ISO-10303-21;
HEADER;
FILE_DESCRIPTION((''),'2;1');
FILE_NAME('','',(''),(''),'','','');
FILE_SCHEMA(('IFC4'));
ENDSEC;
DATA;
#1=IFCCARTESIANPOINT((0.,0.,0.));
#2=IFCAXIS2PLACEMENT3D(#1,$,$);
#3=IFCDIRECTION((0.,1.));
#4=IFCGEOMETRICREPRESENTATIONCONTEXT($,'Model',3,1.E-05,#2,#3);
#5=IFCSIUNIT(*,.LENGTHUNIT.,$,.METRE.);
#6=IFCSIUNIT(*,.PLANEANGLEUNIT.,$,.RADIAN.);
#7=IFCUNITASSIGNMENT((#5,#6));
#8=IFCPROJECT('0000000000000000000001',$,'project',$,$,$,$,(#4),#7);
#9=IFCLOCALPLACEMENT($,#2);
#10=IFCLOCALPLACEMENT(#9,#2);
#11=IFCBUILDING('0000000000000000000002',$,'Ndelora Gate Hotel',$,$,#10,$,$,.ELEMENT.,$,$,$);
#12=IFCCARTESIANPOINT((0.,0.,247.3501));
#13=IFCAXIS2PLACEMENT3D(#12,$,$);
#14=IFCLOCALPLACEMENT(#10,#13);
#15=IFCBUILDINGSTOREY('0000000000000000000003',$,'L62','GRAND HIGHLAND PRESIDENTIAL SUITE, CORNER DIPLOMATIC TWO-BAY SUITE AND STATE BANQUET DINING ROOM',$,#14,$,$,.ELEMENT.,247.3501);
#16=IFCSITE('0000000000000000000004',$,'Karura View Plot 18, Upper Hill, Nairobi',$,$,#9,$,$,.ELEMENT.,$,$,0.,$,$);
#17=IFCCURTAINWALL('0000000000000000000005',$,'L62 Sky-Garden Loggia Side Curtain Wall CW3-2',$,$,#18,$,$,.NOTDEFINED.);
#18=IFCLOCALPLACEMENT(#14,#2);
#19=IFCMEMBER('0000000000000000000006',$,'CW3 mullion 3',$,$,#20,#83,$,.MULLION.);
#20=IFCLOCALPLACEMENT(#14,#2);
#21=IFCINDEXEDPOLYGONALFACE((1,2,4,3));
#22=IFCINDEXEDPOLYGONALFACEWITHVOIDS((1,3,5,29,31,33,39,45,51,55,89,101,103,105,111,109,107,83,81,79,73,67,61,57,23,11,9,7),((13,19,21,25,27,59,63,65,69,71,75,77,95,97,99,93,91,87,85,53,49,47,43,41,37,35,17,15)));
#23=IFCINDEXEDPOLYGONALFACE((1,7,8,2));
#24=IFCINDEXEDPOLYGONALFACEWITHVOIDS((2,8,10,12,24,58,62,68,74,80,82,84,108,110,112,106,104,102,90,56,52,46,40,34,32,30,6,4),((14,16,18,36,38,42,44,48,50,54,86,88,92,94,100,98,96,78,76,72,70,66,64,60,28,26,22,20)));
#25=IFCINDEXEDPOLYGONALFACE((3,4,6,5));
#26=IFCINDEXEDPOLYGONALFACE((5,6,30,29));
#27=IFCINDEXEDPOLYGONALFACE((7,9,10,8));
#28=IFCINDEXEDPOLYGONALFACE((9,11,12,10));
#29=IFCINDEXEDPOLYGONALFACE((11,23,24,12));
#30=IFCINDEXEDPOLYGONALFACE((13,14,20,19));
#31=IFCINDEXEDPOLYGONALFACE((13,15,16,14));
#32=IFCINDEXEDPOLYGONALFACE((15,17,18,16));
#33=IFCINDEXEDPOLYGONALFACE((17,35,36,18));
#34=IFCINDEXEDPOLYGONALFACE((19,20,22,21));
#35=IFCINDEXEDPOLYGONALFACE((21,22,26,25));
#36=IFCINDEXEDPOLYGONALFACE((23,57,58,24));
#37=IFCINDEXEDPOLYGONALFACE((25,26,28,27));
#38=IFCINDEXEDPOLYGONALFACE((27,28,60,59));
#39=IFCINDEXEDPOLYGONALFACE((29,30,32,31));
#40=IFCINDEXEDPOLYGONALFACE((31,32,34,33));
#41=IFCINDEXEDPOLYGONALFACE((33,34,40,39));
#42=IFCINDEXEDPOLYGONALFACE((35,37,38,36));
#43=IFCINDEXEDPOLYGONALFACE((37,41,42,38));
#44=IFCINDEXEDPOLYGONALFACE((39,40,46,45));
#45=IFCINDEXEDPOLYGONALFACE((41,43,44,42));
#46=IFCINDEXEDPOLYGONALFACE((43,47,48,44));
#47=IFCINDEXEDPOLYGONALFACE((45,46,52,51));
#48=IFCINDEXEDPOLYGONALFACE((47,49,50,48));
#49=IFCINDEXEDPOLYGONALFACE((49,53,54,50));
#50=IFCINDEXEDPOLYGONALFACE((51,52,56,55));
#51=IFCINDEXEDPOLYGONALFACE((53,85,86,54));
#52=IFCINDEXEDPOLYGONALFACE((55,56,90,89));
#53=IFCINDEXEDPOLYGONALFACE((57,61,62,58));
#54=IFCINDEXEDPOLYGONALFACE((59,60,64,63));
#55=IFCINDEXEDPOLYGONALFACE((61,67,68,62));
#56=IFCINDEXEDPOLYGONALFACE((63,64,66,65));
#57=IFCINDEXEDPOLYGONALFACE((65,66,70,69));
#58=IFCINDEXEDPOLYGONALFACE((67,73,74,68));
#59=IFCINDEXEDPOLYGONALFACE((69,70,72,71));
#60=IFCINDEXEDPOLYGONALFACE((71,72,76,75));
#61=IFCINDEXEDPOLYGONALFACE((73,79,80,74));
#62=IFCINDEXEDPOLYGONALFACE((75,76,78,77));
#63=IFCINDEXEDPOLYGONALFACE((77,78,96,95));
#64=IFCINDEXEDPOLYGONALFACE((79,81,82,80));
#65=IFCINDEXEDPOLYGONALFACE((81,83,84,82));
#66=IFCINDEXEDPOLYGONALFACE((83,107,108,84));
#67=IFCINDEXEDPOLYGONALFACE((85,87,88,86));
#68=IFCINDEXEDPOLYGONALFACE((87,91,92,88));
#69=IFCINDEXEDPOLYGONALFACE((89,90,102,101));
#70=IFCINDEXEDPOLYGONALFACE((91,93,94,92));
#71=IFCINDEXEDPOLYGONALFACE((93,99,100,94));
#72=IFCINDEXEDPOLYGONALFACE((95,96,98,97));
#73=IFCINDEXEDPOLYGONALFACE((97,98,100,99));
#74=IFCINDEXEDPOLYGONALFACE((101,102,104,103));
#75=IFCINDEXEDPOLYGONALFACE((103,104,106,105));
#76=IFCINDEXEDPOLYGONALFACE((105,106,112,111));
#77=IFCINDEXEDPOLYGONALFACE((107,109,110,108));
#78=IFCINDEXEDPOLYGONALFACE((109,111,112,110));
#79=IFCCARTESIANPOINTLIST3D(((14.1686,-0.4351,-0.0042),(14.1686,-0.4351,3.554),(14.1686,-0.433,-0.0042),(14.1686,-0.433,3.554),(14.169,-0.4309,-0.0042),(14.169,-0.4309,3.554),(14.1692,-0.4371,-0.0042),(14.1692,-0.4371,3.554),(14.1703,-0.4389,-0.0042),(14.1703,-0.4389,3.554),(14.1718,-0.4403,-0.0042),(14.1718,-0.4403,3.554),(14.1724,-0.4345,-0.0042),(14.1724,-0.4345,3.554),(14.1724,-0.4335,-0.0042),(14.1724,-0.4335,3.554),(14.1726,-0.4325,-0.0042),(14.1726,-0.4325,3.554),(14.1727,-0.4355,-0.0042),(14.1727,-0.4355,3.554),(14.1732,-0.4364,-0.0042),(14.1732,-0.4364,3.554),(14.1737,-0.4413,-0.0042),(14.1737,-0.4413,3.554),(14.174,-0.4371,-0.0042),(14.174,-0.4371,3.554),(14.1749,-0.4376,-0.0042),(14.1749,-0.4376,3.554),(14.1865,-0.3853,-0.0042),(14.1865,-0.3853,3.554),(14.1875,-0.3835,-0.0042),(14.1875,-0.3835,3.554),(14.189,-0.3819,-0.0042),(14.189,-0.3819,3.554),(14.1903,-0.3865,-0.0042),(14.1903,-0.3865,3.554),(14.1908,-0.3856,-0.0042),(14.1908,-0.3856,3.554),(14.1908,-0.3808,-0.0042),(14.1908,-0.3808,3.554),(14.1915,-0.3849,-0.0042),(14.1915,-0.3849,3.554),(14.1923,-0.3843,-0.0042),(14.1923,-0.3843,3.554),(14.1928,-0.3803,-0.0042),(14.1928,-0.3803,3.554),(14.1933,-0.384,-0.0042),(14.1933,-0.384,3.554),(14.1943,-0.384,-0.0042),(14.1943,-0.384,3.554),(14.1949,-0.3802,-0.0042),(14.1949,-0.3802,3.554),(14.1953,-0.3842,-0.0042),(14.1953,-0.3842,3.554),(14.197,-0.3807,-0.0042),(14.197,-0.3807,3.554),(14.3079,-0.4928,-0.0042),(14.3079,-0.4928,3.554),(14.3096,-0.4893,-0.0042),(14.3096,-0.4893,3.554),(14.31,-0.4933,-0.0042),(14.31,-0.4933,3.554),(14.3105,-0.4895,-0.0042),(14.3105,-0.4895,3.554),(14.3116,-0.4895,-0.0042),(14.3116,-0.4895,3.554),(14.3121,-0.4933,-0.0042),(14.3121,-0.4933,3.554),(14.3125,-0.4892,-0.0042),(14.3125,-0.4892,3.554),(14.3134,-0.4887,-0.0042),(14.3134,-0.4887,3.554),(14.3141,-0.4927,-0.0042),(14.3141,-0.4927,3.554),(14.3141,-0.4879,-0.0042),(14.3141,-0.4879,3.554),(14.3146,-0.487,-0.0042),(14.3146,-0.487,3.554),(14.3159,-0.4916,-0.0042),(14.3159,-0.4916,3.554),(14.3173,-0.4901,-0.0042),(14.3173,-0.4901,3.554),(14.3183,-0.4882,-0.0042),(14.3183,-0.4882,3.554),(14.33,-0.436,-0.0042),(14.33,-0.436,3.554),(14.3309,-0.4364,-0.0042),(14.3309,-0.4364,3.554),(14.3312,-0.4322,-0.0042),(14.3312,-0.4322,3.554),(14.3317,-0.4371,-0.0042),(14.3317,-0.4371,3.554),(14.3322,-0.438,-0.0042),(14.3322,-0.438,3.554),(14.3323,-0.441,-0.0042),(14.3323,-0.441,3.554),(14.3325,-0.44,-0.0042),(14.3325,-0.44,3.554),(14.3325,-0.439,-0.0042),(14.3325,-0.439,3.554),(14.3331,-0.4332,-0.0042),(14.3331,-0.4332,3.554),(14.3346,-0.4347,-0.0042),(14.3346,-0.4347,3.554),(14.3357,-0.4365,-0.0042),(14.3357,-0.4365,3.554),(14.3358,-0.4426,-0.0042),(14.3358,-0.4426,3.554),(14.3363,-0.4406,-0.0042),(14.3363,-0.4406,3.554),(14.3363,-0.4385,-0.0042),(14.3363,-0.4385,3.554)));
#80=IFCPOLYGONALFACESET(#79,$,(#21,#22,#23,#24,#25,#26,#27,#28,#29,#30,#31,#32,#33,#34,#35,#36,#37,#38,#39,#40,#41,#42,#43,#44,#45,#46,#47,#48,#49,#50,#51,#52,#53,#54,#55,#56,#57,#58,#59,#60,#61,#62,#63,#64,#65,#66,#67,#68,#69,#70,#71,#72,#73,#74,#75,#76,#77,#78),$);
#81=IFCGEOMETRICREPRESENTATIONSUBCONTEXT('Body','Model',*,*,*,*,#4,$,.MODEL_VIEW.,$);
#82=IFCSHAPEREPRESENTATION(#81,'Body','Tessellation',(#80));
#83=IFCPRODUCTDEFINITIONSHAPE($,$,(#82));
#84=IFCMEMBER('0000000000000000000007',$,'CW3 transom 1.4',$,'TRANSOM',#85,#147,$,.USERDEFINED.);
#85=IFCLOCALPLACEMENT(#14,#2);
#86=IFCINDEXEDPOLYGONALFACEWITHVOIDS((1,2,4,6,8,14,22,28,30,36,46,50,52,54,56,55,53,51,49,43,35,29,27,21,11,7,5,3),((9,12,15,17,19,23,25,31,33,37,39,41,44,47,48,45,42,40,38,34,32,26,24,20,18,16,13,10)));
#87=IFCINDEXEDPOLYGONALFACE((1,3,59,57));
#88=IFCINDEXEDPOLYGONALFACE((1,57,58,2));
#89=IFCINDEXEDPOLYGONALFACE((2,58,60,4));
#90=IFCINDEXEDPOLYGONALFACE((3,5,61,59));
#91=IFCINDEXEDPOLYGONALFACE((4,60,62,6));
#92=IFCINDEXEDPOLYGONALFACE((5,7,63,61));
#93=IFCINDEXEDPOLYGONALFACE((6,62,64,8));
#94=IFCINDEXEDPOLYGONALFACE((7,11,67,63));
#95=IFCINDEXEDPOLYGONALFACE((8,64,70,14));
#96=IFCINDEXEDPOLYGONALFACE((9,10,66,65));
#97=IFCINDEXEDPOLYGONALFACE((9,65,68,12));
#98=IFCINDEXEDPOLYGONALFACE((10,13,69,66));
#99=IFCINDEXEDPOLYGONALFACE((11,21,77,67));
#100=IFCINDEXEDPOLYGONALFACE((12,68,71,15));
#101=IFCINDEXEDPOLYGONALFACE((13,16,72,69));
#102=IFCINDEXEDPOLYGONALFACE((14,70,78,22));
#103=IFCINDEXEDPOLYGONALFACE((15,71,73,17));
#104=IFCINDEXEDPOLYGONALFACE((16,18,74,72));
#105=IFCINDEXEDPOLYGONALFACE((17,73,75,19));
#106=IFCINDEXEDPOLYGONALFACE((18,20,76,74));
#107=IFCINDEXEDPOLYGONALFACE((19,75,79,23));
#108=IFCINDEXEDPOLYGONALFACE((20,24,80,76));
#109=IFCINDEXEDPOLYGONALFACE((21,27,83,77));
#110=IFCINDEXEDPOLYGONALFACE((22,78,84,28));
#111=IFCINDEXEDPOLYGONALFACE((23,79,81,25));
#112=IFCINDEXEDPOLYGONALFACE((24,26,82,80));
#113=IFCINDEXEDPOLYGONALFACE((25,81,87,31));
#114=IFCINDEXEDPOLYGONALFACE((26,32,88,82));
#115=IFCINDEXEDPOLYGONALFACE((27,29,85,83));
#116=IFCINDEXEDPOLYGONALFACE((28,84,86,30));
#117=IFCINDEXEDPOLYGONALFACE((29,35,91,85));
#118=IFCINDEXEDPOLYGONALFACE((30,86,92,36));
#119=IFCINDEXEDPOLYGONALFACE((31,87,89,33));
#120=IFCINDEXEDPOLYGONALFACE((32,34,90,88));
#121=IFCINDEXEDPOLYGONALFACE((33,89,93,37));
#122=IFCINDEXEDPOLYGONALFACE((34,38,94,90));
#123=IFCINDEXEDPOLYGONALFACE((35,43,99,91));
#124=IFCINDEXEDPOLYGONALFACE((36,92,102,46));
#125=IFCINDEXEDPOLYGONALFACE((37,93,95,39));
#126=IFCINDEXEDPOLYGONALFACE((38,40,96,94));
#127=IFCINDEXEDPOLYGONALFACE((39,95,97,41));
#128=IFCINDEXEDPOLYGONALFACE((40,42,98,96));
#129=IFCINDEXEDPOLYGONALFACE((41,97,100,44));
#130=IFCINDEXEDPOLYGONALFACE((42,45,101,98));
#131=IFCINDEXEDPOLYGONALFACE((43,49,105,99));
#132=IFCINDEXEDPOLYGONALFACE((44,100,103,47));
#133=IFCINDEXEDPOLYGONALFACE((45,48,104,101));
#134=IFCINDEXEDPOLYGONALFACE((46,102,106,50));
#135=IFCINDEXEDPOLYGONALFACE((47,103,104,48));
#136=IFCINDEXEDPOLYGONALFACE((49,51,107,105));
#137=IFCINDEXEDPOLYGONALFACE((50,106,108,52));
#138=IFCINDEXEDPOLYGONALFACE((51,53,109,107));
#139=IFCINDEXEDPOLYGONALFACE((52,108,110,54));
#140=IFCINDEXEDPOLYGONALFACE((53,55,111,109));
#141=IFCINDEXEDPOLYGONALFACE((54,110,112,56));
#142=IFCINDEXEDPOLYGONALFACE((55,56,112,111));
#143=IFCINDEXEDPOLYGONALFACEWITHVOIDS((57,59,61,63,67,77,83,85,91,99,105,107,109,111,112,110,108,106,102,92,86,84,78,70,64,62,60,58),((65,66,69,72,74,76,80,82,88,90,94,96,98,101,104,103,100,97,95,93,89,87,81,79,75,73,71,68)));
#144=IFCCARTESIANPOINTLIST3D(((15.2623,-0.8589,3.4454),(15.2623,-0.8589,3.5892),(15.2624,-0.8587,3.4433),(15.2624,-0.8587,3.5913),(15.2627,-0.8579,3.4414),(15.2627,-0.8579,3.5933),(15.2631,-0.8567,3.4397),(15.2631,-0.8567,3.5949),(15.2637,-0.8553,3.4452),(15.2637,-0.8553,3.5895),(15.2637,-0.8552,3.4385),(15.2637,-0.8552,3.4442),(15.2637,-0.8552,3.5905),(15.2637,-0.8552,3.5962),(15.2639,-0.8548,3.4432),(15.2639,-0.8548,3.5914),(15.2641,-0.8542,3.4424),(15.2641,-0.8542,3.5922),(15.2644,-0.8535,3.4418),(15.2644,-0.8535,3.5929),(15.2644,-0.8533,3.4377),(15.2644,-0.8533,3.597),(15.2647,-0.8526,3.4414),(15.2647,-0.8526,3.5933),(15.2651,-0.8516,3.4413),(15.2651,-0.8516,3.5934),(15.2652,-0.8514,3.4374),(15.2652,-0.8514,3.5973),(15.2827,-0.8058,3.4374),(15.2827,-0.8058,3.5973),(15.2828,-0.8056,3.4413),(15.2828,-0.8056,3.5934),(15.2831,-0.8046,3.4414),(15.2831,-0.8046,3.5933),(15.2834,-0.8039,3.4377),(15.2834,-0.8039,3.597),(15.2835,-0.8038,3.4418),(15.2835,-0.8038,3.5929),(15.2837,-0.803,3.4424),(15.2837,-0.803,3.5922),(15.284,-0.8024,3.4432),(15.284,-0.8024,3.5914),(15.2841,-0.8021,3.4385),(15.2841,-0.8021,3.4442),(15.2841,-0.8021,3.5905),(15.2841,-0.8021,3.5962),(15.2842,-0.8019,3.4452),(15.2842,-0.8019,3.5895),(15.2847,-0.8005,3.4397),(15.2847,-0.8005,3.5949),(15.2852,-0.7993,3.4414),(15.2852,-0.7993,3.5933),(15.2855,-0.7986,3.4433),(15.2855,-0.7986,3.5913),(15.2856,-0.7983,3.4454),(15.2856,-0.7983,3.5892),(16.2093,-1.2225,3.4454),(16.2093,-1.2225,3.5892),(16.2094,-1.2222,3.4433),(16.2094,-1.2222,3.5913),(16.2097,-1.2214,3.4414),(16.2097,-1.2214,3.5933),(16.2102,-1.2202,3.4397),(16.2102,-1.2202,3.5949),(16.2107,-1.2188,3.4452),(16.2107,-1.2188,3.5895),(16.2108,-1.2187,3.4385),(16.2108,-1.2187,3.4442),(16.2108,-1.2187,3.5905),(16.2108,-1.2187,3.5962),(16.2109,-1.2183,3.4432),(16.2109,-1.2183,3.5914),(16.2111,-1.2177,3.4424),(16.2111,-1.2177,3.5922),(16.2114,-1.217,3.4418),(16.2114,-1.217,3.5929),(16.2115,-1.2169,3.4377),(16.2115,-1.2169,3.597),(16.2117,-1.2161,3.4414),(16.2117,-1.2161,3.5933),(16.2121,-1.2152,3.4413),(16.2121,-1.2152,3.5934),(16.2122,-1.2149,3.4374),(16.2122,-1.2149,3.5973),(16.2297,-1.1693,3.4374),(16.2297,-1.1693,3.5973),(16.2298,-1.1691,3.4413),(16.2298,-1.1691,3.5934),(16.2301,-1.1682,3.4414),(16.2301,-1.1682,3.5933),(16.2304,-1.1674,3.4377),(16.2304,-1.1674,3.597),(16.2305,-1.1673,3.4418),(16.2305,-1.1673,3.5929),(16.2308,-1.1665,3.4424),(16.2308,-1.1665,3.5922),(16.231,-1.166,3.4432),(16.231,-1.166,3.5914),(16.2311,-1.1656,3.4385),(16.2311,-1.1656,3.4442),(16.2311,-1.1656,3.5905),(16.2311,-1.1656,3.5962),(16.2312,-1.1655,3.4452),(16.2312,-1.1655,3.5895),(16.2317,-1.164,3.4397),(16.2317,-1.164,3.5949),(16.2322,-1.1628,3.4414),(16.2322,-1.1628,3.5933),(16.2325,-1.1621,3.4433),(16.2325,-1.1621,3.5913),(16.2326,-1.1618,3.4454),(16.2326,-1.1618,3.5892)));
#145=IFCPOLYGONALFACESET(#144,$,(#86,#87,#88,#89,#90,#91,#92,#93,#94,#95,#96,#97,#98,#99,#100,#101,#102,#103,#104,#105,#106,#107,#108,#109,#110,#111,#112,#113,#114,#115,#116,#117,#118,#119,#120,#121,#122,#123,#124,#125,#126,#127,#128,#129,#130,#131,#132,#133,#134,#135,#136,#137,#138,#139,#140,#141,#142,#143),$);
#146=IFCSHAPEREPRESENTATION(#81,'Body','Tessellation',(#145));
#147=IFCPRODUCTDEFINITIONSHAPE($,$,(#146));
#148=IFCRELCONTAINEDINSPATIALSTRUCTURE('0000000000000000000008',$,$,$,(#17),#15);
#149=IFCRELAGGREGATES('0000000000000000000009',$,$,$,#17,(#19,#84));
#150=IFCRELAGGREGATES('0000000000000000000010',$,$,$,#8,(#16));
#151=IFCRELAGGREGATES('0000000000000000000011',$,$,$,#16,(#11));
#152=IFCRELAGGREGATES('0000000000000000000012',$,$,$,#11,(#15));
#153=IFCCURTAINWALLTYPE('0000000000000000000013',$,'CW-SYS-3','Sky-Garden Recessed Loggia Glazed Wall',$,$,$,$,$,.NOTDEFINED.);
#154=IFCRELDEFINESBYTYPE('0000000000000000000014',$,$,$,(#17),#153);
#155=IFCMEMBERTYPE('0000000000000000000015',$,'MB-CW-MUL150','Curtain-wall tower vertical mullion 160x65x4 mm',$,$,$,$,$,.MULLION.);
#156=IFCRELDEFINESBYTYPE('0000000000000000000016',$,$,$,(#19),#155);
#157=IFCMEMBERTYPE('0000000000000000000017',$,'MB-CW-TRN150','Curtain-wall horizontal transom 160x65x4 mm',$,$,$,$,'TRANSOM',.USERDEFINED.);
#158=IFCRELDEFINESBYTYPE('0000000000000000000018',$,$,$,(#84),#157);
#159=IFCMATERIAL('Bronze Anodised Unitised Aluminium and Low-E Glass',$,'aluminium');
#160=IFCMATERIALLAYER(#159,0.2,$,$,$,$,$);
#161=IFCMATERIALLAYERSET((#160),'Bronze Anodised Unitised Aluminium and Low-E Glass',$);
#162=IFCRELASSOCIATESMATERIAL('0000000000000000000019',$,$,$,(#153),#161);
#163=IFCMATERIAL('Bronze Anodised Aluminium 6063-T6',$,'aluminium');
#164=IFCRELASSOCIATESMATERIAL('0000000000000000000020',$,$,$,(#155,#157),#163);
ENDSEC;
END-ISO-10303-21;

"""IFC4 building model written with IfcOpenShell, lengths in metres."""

from ifc_helpers import new_model, si_unit, direction, frame, origin, origin_2d, place, context, subcontext, project, spatial, hollow_rectangle, extrude, material, layer, layer_set, material_profile, profile_set, type_object, element, aggregate, save


model = new_model("IFC4")

# Units and contexts
model_context = context("Model", 3, precision=1e-05, world=origin(), true_north=direction((0.0, 1.0)))
body_context = subcontext(model_context, "Body", "Model", "MODEL_VIEW")
ifc_project = project(units=[si_unit("LENGTHUNIT", "METRE"), si_unit("PLANEANGLEUNIT", "RADIAN")], contexts=[model_context])

# Site, building, storey
site_placement = place(None, origin())
site = spatial("IfcSite", under=ifc_project, at=site_placement, Name="Karura View Plot 18, Upper Hill, Nairobi", CompositionType="ELEMENT", RefElevation=0.0)
building_placement = place(site_placement, origin())
building = spatial("IfcBuilding", under=site, at=building_placement, Name="Ndelora Gate Hotel", CompositionType="ELEMENT")
storey_placement = place(building_placement, frame((0.0, 0.0, 247.3501)))
storey = spatial("IfcBuildingStorey", under=building, at=storey_placement, Name="L62", Description="GRAND HIGHLAND PRESIDENTIAL SUITE, CORNER DIPLOMATIC TWO-BAY SUITE AND STATE BANQUET DINING ROOM", CompositionType="ELEMENT", Elevation=247.3501)

# Curtain wall, members
ifc_material_1 = material(Name="Bronze Anodised Unitised Aluminium and Low-E Glass", Category="aluminium")
ifc_layer_1 = layer(ifc_material_1, 0.2)
ifc_layer_set_1 = layer_set([ifc_layer_1], Name="Bronze Anodised Unitised Aluminium and Low-E Glass")
curtain_wall_type = type_object("IfcCurtainWallType", Name="CW-SYS-3", Description="Sky-Garden Recessed Loggia Glazed Wall", PredefinedType="NOTDEFINED", material=ifc_layer_set_1)
curtain_wall_placement = place(storey_placement, origin())
curtain_wall = element("IfcCurtainWall", 1, at=curtain_wall_placement, inside=storey, type_object=curtain_wall_type, Name="L62 Sky-Garden Loggia Side Curtain Wall CW3-2", PredefinedType="NOTDEFINED")
ifc_material_2 = material(Name="Bronze Anodised Aluminium 6063-T6", Category="aluminium")
ifc_material_profile_1 = material_profile(ifc_material_2, hollow_rectangle(XDim=0.0649, YDim=0.1599, WallThickness=0.0039, InnerFilletRadius=0.0039, OuterFilletRadius=0.0081, at=origin_2d()), Name="ALU 160x65x4")
ifc_profile_set_1 = profile_set([ifc_material_profile_1], Name="Bronze Anodised Aluminium 6063-T6")
member_type_1 = type_object("IfcMemberType", Name="MB-CW-MUL150", Description="Curtain-wall tower vertical mullion 160x65x4 mm", PredefinedType="MULLION", material=ifc_profile_set_1)
member_1_placement = place(storey_placement, frame((14.2524, -0.4368, -0.0042), z_axis=(0.0, 0.0, 1.0), x_axis=(-0.358361, -0.933583, 0.0)))
member_1 = element("IfcMember", 2, at=member_1_placement, type_object=member_type_1, Name="CW3 mullion 3", PredefinedType="MULLION", context=body_context, shape_type="SweptSolid", body=[
    extrude(hollow_rectangle(XDim=0.0649, YDim=0.1599, WallThickness=0.0039, InnerFilletRadius=0.0039, OuterFilletRadius=0.0081, at=origin_2d()), origin(), (0.0, 0.0, 1.0), 3.5581),
])
ifc_material_profile_2 = material_profile(ifc_material_2, hollow_rectangle(XDim=0.0649, YDim=0.1599, WallThickness=0.0039, InnerFilletRadius=0.0039, OuterFilletRadius=0.0081, at=origin_2d()), Name="ALU 160x65x4")
ifc_profile_set_2 = profile_set([ifc_material_profile_2], Name="Bronze Anodised Aluminium 6063-T6")
member_type_2 = type_object("IfcMemberType", Name="MB-CW-TRN150", Description="Curtain-wall horizontal transom 160x65x4 mm", ElementType="TRANSOM", PredefinedType="USERDEFINED", material=ifc_profile_set_2)
member_2_placement = place(storey_placement, frame((16.2209, -1.1921, 3.5173), z_axis=(-0.933581, 0.358366, 0.0), x_axis=(-0.358366, -0.933581, 0.0)))
member_2 = element("IfcMember", 3, at=member_2_placement, type_object=member_type_2, Name="CW3 transom 1.4", ObjectType="TRANSOM", PredefinedType="USERDEFINED", context=body_context, shape_type="SweptSolid", body=[
    extrude(hollow_rectangle(XDim=0.0649, YDim=0.1599, WallThickness=0.0039, InnerFilletRadius=0.0039, OuterFilletRadius=0.0081, at=origin_2d()), origin(), (0.0, 0.0, 1.0), 1.0144),
])
aggregate(curtain_wall, [member_1, member_2])

save(model, "model.ifc")
